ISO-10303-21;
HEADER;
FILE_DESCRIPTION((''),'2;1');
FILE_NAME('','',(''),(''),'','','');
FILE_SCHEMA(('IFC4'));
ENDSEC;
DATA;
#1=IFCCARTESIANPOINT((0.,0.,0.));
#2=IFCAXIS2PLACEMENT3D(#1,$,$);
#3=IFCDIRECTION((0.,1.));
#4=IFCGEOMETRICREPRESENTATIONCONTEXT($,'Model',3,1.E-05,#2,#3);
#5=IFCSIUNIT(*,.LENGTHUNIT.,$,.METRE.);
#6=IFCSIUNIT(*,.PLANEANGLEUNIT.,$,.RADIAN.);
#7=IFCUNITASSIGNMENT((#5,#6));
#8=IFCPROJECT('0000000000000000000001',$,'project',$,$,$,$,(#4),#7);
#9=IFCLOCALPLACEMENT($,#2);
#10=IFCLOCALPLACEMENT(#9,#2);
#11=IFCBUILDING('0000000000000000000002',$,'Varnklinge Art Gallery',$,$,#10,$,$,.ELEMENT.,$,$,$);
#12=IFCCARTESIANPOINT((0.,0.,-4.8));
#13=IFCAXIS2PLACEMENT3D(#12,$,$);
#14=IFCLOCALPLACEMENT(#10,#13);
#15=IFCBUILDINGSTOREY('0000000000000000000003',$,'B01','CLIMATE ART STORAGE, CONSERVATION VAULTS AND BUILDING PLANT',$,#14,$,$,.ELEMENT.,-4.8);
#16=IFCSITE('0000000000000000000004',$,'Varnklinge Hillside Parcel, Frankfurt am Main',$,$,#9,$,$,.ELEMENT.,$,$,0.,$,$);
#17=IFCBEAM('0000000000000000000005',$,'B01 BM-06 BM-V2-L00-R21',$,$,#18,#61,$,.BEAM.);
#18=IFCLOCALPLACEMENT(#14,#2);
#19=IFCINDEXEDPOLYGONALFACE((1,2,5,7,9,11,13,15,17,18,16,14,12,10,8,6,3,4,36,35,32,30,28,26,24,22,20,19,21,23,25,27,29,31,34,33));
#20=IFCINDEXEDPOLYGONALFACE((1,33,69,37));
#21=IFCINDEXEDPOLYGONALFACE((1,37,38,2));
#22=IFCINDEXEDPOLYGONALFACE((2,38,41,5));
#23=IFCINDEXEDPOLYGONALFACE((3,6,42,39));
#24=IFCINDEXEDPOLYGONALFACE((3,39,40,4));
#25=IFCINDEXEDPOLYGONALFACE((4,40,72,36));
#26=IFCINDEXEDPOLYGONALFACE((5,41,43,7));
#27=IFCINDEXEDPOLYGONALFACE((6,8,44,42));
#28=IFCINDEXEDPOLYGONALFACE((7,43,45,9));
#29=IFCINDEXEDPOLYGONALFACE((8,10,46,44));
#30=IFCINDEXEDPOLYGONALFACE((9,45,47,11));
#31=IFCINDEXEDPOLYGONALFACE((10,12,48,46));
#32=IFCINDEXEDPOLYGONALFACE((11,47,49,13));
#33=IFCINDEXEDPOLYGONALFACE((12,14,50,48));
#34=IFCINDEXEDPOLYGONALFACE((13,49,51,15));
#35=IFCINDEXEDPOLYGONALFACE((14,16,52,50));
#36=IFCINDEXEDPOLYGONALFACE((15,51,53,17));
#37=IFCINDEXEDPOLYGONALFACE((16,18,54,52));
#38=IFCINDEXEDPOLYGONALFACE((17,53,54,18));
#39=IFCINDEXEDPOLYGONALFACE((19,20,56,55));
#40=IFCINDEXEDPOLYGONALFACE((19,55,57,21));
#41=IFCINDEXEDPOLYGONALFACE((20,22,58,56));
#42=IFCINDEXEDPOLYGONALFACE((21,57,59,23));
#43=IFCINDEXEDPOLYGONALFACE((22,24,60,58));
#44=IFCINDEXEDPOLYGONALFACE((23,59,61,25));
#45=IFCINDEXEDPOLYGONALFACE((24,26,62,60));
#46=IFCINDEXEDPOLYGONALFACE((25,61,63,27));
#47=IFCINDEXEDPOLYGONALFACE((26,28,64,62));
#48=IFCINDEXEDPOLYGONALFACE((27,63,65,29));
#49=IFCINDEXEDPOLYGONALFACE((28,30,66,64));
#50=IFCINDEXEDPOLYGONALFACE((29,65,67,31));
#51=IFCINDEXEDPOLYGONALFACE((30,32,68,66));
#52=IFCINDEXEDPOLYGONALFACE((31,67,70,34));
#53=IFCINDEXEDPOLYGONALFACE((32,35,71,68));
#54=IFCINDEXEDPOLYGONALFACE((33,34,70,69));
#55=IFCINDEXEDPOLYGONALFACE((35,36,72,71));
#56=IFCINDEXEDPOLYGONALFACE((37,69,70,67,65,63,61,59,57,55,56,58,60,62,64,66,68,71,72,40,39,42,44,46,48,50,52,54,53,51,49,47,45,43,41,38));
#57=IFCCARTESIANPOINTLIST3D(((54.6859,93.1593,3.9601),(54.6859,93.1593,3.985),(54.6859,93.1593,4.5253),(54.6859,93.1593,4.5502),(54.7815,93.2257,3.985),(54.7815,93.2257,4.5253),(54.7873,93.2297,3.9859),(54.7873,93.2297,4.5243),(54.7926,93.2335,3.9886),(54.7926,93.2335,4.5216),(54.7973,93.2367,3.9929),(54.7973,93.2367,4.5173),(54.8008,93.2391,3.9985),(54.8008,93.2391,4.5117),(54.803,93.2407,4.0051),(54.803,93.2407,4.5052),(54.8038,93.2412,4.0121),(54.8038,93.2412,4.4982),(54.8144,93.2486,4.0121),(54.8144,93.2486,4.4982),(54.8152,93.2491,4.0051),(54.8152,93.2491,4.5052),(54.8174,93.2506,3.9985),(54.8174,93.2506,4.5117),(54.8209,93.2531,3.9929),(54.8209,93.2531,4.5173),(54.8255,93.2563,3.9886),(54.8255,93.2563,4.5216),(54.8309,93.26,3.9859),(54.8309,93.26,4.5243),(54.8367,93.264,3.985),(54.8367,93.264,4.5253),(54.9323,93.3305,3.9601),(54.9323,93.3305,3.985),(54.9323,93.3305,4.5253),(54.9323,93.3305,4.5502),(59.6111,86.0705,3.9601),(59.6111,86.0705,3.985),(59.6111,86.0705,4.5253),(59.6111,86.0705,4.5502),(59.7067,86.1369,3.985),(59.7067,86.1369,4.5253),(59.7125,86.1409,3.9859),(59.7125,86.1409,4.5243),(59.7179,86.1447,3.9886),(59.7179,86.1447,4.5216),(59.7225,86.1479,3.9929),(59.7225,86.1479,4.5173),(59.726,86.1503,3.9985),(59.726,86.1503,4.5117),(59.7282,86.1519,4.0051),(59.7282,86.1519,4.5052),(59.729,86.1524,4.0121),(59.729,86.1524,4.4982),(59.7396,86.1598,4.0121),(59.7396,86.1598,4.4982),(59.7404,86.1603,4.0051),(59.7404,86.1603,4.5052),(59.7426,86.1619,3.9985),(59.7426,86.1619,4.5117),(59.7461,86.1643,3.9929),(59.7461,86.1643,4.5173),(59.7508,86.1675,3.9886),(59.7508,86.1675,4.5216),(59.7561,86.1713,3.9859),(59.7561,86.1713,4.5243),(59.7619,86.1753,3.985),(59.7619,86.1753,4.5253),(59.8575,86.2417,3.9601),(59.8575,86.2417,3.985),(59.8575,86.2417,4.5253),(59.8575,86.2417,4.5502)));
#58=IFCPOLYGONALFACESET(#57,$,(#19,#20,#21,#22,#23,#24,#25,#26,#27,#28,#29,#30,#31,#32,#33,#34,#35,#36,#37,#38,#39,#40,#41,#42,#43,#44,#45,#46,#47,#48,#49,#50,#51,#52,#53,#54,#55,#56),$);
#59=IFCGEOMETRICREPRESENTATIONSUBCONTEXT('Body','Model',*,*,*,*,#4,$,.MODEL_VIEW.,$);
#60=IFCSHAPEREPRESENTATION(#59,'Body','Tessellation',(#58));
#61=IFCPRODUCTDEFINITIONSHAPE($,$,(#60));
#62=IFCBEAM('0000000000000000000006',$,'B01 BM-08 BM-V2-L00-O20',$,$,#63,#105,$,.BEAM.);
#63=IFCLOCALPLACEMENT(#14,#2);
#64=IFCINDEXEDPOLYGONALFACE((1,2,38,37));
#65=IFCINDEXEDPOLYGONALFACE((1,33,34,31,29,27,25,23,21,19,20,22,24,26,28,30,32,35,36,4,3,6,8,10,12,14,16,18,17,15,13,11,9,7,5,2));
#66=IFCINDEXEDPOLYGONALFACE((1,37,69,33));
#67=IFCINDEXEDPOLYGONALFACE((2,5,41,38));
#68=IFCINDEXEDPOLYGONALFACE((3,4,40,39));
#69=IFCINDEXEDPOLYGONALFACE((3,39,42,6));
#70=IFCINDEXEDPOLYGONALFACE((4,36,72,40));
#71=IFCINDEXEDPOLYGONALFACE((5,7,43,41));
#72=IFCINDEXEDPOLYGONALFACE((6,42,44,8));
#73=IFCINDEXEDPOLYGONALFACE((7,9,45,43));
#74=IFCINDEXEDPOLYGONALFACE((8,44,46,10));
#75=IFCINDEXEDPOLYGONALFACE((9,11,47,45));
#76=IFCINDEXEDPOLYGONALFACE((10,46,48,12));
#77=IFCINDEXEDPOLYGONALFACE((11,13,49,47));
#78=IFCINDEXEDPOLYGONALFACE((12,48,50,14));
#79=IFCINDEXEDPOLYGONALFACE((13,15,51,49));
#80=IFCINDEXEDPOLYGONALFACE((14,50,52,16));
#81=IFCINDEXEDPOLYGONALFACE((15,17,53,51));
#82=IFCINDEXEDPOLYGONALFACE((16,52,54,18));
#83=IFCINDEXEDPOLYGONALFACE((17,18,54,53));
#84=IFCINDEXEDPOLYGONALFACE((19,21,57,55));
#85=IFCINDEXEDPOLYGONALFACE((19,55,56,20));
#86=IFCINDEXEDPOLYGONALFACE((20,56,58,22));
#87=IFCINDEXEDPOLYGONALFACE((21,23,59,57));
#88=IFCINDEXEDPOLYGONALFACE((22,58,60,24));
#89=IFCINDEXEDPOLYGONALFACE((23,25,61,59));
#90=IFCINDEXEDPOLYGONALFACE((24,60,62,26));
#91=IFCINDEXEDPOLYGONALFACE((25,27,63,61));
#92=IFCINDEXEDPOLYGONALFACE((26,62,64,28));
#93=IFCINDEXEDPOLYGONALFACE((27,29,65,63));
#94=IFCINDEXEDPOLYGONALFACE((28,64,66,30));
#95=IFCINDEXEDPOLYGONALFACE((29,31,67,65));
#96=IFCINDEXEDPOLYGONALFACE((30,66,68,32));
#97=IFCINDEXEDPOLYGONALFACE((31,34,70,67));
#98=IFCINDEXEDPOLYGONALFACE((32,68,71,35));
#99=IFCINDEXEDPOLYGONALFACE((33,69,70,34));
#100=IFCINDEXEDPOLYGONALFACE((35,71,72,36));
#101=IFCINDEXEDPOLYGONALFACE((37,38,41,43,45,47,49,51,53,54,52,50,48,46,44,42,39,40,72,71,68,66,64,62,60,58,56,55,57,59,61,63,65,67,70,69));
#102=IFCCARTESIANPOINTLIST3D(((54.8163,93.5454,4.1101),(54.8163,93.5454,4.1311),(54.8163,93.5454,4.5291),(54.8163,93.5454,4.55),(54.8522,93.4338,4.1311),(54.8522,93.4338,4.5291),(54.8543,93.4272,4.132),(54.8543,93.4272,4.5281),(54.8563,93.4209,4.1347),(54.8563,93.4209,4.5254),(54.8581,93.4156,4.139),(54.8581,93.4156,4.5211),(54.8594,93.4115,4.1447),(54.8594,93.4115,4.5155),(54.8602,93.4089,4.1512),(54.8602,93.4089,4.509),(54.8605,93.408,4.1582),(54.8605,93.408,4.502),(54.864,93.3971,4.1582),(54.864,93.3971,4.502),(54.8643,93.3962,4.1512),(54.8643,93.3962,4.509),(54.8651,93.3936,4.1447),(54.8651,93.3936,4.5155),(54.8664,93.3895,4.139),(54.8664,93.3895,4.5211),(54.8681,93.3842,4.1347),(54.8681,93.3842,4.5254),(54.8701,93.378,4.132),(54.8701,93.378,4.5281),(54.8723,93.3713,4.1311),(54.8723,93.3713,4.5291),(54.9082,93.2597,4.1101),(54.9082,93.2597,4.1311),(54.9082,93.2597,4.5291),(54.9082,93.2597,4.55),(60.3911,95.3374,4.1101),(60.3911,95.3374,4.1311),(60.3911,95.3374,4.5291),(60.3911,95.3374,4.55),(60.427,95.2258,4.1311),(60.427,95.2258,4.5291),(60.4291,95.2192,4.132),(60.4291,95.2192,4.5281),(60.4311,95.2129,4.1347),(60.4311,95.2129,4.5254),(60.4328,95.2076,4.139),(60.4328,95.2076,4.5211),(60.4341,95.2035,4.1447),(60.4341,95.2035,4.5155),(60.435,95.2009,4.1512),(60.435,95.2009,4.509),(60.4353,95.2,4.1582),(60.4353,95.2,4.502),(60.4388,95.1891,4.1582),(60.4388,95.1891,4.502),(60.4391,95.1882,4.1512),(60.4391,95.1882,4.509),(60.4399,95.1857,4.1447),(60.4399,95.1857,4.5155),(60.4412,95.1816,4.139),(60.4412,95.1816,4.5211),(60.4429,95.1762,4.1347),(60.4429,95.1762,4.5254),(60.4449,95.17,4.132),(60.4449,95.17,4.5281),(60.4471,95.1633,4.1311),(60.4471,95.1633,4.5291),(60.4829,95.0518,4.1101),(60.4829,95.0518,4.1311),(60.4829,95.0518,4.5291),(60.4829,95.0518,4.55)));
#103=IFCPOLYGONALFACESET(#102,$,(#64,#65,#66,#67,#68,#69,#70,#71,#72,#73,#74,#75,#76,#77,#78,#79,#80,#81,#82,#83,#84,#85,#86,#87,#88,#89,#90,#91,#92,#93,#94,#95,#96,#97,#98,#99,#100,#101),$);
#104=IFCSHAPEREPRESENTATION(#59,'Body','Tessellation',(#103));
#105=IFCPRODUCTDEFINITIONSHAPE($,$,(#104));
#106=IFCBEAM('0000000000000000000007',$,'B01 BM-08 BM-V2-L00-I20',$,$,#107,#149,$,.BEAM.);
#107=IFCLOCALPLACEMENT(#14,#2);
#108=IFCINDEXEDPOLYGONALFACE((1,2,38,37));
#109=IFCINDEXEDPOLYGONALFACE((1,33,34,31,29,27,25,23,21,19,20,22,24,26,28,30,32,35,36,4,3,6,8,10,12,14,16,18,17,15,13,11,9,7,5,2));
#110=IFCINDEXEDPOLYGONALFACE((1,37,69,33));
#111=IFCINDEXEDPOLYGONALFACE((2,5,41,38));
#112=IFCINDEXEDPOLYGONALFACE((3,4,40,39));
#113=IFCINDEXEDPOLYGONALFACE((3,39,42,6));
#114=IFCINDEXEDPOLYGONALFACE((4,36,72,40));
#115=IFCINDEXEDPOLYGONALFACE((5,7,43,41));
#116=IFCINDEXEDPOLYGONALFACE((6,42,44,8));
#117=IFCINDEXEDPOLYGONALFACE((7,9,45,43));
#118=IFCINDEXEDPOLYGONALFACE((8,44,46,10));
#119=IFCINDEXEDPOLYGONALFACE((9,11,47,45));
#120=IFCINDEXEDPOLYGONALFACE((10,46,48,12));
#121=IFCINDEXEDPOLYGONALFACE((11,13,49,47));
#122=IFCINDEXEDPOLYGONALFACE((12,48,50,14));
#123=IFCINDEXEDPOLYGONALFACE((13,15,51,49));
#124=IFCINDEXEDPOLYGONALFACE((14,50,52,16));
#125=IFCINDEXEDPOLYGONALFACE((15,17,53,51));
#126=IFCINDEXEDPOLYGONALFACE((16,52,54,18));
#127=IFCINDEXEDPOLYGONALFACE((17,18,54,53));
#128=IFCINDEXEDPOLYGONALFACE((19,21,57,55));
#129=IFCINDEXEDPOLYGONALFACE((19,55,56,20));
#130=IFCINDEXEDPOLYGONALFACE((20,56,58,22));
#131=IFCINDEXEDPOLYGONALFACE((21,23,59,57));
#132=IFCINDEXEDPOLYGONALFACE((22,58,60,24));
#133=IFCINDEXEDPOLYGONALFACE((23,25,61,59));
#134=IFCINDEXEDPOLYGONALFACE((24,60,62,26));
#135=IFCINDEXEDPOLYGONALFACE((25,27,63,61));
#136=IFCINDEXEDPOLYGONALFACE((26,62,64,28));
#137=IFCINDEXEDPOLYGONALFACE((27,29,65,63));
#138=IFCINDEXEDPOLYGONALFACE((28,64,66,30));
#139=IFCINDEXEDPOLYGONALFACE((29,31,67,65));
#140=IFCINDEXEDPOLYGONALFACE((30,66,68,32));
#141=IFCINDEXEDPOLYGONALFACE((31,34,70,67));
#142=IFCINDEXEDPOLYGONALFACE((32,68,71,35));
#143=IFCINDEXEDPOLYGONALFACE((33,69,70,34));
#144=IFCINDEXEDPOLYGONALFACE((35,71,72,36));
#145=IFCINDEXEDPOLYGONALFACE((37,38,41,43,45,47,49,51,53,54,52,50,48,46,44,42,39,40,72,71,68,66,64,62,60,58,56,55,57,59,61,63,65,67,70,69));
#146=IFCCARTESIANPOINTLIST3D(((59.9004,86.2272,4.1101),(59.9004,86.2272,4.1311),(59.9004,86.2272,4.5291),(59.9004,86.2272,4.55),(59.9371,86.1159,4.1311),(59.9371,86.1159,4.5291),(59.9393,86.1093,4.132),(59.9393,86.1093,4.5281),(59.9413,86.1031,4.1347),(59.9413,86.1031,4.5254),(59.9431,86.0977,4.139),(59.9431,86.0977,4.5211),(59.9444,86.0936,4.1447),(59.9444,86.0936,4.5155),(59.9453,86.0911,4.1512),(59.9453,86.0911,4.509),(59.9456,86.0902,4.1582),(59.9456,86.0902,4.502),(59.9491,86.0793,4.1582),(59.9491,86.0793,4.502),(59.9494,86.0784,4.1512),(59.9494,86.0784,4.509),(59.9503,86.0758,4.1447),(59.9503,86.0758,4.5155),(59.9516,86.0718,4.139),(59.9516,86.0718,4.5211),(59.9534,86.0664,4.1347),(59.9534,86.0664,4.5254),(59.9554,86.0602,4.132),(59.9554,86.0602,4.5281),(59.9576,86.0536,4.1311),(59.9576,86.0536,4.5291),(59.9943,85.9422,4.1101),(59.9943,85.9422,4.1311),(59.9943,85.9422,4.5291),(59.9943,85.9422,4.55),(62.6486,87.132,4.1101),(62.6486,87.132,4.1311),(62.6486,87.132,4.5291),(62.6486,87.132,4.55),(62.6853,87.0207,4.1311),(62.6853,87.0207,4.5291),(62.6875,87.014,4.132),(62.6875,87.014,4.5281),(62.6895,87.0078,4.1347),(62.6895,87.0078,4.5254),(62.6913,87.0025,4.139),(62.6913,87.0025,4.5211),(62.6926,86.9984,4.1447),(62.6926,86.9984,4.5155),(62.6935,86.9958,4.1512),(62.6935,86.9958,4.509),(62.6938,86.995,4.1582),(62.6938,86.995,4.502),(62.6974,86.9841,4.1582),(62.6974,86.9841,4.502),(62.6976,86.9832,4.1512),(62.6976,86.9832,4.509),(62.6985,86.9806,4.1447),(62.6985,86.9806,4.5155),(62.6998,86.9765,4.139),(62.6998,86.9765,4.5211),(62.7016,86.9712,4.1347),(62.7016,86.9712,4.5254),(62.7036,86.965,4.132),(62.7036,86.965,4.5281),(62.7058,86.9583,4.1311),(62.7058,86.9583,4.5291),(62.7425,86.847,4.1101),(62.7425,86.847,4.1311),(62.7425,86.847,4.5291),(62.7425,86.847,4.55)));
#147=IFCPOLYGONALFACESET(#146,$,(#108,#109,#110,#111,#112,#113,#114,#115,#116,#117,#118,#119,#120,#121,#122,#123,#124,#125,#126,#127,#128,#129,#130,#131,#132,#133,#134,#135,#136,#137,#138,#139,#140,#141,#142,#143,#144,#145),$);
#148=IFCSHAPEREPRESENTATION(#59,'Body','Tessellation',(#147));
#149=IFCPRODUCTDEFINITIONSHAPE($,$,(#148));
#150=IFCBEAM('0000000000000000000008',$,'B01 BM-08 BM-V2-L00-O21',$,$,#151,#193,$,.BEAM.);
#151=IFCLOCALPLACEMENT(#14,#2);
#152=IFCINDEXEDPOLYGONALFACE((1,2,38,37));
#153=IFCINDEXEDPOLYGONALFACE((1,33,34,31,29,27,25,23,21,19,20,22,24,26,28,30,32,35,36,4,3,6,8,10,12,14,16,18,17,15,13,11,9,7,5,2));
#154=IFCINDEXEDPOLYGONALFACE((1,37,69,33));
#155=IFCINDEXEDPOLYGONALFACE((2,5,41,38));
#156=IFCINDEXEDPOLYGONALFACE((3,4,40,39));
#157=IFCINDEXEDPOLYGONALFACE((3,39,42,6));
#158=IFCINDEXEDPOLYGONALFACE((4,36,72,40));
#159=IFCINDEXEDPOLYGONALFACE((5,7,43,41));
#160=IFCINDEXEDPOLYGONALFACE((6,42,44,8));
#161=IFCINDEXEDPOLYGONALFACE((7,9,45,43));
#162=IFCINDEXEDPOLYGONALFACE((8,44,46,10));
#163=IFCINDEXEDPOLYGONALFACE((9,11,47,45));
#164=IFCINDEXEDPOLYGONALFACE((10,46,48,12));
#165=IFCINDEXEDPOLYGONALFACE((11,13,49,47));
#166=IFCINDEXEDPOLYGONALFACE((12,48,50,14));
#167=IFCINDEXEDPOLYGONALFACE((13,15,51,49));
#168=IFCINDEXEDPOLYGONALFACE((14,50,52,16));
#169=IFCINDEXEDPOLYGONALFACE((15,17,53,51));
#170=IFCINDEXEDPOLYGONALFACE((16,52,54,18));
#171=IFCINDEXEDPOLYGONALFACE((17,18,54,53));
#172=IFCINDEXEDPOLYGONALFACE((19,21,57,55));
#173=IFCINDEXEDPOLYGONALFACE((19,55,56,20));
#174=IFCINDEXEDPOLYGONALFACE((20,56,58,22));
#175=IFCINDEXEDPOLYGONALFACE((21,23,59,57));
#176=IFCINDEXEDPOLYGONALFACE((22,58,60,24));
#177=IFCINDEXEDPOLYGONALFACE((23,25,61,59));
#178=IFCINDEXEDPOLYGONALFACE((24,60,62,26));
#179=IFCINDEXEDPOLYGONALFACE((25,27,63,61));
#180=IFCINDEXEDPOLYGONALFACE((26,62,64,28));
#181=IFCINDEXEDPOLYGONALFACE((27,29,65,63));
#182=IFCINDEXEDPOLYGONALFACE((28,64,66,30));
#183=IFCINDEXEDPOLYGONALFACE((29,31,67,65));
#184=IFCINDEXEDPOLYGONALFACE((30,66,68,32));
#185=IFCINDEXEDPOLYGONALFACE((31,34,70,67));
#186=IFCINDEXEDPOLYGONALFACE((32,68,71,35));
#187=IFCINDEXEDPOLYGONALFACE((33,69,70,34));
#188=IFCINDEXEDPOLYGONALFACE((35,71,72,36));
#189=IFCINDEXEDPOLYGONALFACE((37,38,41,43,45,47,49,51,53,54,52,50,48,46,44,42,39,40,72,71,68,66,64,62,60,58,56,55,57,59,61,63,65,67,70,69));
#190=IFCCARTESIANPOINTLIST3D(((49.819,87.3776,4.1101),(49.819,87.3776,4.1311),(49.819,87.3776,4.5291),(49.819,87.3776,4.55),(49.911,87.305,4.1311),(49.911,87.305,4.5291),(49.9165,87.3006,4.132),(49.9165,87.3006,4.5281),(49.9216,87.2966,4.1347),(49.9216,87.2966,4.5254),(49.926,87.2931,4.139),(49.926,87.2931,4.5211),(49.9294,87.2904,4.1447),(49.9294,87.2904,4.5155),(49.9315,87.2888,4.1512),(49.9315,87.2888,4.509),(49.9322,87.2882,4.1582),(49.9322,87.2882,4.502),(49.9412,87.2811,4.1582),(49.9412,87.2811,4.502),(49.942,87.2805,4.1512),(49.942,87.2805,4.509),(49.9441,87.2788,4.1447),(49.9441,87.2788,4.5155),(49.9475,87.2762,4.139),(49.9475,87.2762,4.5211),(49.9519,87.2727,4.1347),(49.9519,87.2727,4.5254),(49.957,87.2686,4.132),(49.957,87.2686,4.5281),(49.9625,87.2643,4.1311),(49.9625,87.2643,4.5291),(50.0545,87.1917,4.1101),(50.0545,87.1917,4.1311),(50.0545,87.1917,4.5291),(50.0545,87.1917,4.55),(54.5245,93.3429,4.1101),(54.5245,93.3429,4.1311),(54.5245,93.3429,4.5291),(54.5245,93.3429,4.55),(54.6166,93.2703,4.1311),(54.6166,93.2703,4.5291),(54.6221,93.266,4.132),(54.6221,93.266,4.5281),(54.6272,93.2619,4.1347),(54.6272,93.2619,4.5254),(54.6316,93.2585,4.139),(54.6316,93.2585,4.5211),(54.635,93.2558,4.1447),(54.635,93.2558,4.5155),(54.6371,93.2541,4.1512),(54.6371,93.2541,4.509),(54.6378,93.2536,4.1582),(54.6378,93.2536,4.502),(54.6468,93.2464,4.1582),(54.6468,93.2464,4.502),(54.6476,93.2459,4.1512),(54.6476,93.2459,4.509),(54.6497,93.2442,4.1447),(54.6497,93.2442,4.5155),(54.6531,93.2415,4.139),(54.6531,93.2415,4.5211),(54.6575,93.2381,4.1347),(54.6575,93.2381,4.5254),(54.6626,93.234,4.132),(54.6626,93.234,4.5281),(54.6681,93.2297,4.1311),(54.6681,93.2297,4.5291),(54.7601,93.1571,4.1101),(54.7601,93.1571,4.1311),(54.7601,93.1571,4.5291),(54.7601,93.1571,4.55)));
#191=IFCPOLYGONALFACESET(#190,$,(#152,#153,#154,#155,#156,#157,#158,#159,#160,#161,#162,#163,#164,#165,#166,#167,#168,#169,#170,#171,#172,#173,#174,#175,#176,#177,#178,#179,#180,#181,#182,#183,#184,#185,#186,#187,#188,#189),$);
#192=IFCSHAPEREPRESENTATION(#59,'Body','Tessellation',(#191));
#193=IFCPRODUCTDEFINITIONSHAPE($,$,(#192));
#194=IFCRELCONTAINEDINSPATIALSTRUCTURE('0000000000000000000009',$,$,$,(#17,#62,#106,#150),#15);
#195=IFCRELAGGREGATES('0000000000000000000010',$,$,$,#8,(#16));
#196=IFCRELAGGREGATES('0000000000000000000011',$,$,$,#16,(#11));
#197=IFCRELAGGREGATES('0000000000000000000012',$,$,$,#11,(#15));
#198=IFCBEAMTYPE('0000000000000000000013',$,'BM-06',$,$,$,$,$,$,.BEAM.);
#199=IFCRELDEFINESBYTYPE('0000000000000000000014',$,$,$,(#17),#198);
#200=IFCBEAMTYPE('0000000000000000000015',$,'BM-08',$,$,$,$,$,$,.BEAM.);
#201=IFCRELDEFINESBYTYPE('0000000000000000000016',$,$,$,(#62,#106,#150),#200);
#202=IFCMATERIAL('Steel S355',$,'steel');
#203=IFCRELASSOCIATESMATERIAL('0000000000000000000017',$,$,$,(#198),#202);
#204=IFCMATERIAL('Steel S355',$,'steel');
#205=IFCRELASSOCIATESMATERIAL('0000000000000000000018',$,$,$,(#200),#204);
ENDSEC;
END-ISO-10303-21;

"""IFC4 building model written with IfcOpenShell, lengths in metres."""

from ifc_helpers import new_model, si_unit, direction, frame, origin, origin_2d, place, context, subcontext, project, spatial, i_section, extrude, material, material_profile, profile_set, type_object, element, save


model = new_model("IFC4")

# Units and contexts
model_context = context("Model", 3, precision=1e-05, world=origin(), true_north=direction((0.0, 1.0)))
body_context = subcontext(model_context, "Body", "Model", "MODEL_VIEW")
ifc_project = project(units=[si_unit("LENGTHUNIT", "METRE"), si_unit("PLANEANGLEUNIT", "RADIAN")], contexts=[model_context])

# Site, building, storey
site_placement = place(None, origin())
site = spatial("IfcSite", under=ifc_project, at=site_placement, Name="Varnklinge Hillside Parcel, Frankfurt am Main", CompositionType="ELEMENT", RefElevation=0.0)
building_placement = place(site_placement, origin())
building = spatial("IfcBuilding", under=site, at=building_placement, Name="Varnklinge Art Gallery", CompositionType="ELEMENT")
storey_placement = place(building_placement, frame((0.0, 0.0, -4.8)))
storey = spatial("IfcBuildingStorey", under=building, at=storey_placement, Name="B01", Description="CLIMATE ART STORAGE, CONSERVATION VAULTS AND BUILDING PLANT", CompositionType="ELEMENT", Elevation=-4.8)

# Beams
ifc_material_1 = material(Name="Steel S355", Category="steel")
ifc_material_profile_1 = material_profile(ifc_material_1, i_section(OverallWidth=0.3, OverallDepth=0.5901, WebThickness=0.0129, FlangeThickness=0.0249, FilletRadius=0.0271, at=origin_2d()), Name="HEA 600")
ifc_profile_set_1 = profile_set([ifc_material_profile_1], Name="Steel S355")
beam_type_1 = type_object("IfcBeamType", Name="BM-06", PredefinedType="BEAM", material=ifc_profile_set_1)
beam_1_placement = place(storey_placement, frame((54.8091, 93.2449, 4.2551), z_axis=(0.570589, -0.821236, 0.0), x_axis=(0.821236, 0.570589, 0.0)))
element("IfcBeam", 1, at=beam_1_placement, inside=storey, type_object=beam_type_1, Name="B01 BM-06 BM-V2-L00-R21", PredefinedType="BEAM", context=body_context, shape_type="SweptSolid", body=[
    extrude(i_section(OverallWidth=0.3, OverallDepth=0.5901, WebThickness=0.0129, FlangeThickness=0.0249, FilletRadius=0.0271, at=origin_2d()), origin(), (0.0, 0.0, 1.0), 8.6318),
])
ifc_material_2 = material(Name="Steel S355", Category="steel")
ifc_material_profile_2 = material_profile(ifc_material_2, i_section(OverallWidth=0.3, OverallDepth=0.4399, WebThickness=0.0115, FlangeThickness=0.021, FilletRadius=0.0271, at=origin_2d()), Name="HEA 450")
ifc_profile_set_2 = profile_set([ifc_material_profile_2], Name="Steel S355")
beam_type_2 = type_object("IfcBeamType", Name="BM-08", PredefinedType="BEAM", material=ifc_profile_set_2)
beam_2_placement = place(storey_placement, frame((60.437, 95.1946, 4.3301), z_axis=(-0.952022, -0.306028, 0.0), x_axis=(0.306028, -0.952022, 0.0)))
element("IfcBeam", 2, at=beam_2_placement, inside=storey, type_object=beam_type_2, Name="B01 BM-08 BM-V2-L00-O20", PredefinedType="BEAM", context=body_context, shape_type="SweptSolid", body=[
    extrude(i_section(OverallWidth=0.3, OverallDepth=0.4399, WebThickness=0.0115, FlangeThickness=0.021, FilletRadius=0.0271, at=origin_2d()), origin(), (0.0, 0.0, 1.0), 5.8557),
])
beam_3_placement = place(storey_placement, frame((62.6956, 86.9895, 4.3301), z_axis=(-0.94985, -0.312707, 0.0), x_axis=(0.312707, -0.94985, 0.0)))
element("IfcBeam", 3, at=beam_3_placement, inside=storey, type_object=beam_type_2, Name="B01 BM-08 BM-V2-L00-I20", PredefinedType="BEAM", context=body_context, shape_type="SweptSolid", body=[
    extrude(i_section(OverallWidth=0.3, OverallDepth=0.4399, WebThickness=0.0115, FlangeThickness=0.021, FilletRadius=0.0271, at=origin_2d()), origin(), (0.0, 0.0, 1.0), 2.8933),
])
beam_4_placement = place(storey_placement, frame((54.6423, 93.25, 4.3301), z_axis=(-0.619328, -0.785133, 0.0), x_axis=(0.785133, -0.619328, 0.0)))
element("IfcBeam", 4, at=beam_4_placement, inside=storey, type_object=beam_type_2, Name="B01 BM-08 BM-V2-L00-O21", PredefinedType="BEAM", context=body_context, shape_type="SweptSolid", body=[
    extrude(i_section(OverallWidth=0.3, OverallDepth=0.4399, WebThickness=0.0115, FlangeThickness=0.021, FilletRadius=0.0271, at=origin_2d()), origin(), (0.0, 0.0, 1.0), 7.5979),
])

save(model, "model.ifc")
